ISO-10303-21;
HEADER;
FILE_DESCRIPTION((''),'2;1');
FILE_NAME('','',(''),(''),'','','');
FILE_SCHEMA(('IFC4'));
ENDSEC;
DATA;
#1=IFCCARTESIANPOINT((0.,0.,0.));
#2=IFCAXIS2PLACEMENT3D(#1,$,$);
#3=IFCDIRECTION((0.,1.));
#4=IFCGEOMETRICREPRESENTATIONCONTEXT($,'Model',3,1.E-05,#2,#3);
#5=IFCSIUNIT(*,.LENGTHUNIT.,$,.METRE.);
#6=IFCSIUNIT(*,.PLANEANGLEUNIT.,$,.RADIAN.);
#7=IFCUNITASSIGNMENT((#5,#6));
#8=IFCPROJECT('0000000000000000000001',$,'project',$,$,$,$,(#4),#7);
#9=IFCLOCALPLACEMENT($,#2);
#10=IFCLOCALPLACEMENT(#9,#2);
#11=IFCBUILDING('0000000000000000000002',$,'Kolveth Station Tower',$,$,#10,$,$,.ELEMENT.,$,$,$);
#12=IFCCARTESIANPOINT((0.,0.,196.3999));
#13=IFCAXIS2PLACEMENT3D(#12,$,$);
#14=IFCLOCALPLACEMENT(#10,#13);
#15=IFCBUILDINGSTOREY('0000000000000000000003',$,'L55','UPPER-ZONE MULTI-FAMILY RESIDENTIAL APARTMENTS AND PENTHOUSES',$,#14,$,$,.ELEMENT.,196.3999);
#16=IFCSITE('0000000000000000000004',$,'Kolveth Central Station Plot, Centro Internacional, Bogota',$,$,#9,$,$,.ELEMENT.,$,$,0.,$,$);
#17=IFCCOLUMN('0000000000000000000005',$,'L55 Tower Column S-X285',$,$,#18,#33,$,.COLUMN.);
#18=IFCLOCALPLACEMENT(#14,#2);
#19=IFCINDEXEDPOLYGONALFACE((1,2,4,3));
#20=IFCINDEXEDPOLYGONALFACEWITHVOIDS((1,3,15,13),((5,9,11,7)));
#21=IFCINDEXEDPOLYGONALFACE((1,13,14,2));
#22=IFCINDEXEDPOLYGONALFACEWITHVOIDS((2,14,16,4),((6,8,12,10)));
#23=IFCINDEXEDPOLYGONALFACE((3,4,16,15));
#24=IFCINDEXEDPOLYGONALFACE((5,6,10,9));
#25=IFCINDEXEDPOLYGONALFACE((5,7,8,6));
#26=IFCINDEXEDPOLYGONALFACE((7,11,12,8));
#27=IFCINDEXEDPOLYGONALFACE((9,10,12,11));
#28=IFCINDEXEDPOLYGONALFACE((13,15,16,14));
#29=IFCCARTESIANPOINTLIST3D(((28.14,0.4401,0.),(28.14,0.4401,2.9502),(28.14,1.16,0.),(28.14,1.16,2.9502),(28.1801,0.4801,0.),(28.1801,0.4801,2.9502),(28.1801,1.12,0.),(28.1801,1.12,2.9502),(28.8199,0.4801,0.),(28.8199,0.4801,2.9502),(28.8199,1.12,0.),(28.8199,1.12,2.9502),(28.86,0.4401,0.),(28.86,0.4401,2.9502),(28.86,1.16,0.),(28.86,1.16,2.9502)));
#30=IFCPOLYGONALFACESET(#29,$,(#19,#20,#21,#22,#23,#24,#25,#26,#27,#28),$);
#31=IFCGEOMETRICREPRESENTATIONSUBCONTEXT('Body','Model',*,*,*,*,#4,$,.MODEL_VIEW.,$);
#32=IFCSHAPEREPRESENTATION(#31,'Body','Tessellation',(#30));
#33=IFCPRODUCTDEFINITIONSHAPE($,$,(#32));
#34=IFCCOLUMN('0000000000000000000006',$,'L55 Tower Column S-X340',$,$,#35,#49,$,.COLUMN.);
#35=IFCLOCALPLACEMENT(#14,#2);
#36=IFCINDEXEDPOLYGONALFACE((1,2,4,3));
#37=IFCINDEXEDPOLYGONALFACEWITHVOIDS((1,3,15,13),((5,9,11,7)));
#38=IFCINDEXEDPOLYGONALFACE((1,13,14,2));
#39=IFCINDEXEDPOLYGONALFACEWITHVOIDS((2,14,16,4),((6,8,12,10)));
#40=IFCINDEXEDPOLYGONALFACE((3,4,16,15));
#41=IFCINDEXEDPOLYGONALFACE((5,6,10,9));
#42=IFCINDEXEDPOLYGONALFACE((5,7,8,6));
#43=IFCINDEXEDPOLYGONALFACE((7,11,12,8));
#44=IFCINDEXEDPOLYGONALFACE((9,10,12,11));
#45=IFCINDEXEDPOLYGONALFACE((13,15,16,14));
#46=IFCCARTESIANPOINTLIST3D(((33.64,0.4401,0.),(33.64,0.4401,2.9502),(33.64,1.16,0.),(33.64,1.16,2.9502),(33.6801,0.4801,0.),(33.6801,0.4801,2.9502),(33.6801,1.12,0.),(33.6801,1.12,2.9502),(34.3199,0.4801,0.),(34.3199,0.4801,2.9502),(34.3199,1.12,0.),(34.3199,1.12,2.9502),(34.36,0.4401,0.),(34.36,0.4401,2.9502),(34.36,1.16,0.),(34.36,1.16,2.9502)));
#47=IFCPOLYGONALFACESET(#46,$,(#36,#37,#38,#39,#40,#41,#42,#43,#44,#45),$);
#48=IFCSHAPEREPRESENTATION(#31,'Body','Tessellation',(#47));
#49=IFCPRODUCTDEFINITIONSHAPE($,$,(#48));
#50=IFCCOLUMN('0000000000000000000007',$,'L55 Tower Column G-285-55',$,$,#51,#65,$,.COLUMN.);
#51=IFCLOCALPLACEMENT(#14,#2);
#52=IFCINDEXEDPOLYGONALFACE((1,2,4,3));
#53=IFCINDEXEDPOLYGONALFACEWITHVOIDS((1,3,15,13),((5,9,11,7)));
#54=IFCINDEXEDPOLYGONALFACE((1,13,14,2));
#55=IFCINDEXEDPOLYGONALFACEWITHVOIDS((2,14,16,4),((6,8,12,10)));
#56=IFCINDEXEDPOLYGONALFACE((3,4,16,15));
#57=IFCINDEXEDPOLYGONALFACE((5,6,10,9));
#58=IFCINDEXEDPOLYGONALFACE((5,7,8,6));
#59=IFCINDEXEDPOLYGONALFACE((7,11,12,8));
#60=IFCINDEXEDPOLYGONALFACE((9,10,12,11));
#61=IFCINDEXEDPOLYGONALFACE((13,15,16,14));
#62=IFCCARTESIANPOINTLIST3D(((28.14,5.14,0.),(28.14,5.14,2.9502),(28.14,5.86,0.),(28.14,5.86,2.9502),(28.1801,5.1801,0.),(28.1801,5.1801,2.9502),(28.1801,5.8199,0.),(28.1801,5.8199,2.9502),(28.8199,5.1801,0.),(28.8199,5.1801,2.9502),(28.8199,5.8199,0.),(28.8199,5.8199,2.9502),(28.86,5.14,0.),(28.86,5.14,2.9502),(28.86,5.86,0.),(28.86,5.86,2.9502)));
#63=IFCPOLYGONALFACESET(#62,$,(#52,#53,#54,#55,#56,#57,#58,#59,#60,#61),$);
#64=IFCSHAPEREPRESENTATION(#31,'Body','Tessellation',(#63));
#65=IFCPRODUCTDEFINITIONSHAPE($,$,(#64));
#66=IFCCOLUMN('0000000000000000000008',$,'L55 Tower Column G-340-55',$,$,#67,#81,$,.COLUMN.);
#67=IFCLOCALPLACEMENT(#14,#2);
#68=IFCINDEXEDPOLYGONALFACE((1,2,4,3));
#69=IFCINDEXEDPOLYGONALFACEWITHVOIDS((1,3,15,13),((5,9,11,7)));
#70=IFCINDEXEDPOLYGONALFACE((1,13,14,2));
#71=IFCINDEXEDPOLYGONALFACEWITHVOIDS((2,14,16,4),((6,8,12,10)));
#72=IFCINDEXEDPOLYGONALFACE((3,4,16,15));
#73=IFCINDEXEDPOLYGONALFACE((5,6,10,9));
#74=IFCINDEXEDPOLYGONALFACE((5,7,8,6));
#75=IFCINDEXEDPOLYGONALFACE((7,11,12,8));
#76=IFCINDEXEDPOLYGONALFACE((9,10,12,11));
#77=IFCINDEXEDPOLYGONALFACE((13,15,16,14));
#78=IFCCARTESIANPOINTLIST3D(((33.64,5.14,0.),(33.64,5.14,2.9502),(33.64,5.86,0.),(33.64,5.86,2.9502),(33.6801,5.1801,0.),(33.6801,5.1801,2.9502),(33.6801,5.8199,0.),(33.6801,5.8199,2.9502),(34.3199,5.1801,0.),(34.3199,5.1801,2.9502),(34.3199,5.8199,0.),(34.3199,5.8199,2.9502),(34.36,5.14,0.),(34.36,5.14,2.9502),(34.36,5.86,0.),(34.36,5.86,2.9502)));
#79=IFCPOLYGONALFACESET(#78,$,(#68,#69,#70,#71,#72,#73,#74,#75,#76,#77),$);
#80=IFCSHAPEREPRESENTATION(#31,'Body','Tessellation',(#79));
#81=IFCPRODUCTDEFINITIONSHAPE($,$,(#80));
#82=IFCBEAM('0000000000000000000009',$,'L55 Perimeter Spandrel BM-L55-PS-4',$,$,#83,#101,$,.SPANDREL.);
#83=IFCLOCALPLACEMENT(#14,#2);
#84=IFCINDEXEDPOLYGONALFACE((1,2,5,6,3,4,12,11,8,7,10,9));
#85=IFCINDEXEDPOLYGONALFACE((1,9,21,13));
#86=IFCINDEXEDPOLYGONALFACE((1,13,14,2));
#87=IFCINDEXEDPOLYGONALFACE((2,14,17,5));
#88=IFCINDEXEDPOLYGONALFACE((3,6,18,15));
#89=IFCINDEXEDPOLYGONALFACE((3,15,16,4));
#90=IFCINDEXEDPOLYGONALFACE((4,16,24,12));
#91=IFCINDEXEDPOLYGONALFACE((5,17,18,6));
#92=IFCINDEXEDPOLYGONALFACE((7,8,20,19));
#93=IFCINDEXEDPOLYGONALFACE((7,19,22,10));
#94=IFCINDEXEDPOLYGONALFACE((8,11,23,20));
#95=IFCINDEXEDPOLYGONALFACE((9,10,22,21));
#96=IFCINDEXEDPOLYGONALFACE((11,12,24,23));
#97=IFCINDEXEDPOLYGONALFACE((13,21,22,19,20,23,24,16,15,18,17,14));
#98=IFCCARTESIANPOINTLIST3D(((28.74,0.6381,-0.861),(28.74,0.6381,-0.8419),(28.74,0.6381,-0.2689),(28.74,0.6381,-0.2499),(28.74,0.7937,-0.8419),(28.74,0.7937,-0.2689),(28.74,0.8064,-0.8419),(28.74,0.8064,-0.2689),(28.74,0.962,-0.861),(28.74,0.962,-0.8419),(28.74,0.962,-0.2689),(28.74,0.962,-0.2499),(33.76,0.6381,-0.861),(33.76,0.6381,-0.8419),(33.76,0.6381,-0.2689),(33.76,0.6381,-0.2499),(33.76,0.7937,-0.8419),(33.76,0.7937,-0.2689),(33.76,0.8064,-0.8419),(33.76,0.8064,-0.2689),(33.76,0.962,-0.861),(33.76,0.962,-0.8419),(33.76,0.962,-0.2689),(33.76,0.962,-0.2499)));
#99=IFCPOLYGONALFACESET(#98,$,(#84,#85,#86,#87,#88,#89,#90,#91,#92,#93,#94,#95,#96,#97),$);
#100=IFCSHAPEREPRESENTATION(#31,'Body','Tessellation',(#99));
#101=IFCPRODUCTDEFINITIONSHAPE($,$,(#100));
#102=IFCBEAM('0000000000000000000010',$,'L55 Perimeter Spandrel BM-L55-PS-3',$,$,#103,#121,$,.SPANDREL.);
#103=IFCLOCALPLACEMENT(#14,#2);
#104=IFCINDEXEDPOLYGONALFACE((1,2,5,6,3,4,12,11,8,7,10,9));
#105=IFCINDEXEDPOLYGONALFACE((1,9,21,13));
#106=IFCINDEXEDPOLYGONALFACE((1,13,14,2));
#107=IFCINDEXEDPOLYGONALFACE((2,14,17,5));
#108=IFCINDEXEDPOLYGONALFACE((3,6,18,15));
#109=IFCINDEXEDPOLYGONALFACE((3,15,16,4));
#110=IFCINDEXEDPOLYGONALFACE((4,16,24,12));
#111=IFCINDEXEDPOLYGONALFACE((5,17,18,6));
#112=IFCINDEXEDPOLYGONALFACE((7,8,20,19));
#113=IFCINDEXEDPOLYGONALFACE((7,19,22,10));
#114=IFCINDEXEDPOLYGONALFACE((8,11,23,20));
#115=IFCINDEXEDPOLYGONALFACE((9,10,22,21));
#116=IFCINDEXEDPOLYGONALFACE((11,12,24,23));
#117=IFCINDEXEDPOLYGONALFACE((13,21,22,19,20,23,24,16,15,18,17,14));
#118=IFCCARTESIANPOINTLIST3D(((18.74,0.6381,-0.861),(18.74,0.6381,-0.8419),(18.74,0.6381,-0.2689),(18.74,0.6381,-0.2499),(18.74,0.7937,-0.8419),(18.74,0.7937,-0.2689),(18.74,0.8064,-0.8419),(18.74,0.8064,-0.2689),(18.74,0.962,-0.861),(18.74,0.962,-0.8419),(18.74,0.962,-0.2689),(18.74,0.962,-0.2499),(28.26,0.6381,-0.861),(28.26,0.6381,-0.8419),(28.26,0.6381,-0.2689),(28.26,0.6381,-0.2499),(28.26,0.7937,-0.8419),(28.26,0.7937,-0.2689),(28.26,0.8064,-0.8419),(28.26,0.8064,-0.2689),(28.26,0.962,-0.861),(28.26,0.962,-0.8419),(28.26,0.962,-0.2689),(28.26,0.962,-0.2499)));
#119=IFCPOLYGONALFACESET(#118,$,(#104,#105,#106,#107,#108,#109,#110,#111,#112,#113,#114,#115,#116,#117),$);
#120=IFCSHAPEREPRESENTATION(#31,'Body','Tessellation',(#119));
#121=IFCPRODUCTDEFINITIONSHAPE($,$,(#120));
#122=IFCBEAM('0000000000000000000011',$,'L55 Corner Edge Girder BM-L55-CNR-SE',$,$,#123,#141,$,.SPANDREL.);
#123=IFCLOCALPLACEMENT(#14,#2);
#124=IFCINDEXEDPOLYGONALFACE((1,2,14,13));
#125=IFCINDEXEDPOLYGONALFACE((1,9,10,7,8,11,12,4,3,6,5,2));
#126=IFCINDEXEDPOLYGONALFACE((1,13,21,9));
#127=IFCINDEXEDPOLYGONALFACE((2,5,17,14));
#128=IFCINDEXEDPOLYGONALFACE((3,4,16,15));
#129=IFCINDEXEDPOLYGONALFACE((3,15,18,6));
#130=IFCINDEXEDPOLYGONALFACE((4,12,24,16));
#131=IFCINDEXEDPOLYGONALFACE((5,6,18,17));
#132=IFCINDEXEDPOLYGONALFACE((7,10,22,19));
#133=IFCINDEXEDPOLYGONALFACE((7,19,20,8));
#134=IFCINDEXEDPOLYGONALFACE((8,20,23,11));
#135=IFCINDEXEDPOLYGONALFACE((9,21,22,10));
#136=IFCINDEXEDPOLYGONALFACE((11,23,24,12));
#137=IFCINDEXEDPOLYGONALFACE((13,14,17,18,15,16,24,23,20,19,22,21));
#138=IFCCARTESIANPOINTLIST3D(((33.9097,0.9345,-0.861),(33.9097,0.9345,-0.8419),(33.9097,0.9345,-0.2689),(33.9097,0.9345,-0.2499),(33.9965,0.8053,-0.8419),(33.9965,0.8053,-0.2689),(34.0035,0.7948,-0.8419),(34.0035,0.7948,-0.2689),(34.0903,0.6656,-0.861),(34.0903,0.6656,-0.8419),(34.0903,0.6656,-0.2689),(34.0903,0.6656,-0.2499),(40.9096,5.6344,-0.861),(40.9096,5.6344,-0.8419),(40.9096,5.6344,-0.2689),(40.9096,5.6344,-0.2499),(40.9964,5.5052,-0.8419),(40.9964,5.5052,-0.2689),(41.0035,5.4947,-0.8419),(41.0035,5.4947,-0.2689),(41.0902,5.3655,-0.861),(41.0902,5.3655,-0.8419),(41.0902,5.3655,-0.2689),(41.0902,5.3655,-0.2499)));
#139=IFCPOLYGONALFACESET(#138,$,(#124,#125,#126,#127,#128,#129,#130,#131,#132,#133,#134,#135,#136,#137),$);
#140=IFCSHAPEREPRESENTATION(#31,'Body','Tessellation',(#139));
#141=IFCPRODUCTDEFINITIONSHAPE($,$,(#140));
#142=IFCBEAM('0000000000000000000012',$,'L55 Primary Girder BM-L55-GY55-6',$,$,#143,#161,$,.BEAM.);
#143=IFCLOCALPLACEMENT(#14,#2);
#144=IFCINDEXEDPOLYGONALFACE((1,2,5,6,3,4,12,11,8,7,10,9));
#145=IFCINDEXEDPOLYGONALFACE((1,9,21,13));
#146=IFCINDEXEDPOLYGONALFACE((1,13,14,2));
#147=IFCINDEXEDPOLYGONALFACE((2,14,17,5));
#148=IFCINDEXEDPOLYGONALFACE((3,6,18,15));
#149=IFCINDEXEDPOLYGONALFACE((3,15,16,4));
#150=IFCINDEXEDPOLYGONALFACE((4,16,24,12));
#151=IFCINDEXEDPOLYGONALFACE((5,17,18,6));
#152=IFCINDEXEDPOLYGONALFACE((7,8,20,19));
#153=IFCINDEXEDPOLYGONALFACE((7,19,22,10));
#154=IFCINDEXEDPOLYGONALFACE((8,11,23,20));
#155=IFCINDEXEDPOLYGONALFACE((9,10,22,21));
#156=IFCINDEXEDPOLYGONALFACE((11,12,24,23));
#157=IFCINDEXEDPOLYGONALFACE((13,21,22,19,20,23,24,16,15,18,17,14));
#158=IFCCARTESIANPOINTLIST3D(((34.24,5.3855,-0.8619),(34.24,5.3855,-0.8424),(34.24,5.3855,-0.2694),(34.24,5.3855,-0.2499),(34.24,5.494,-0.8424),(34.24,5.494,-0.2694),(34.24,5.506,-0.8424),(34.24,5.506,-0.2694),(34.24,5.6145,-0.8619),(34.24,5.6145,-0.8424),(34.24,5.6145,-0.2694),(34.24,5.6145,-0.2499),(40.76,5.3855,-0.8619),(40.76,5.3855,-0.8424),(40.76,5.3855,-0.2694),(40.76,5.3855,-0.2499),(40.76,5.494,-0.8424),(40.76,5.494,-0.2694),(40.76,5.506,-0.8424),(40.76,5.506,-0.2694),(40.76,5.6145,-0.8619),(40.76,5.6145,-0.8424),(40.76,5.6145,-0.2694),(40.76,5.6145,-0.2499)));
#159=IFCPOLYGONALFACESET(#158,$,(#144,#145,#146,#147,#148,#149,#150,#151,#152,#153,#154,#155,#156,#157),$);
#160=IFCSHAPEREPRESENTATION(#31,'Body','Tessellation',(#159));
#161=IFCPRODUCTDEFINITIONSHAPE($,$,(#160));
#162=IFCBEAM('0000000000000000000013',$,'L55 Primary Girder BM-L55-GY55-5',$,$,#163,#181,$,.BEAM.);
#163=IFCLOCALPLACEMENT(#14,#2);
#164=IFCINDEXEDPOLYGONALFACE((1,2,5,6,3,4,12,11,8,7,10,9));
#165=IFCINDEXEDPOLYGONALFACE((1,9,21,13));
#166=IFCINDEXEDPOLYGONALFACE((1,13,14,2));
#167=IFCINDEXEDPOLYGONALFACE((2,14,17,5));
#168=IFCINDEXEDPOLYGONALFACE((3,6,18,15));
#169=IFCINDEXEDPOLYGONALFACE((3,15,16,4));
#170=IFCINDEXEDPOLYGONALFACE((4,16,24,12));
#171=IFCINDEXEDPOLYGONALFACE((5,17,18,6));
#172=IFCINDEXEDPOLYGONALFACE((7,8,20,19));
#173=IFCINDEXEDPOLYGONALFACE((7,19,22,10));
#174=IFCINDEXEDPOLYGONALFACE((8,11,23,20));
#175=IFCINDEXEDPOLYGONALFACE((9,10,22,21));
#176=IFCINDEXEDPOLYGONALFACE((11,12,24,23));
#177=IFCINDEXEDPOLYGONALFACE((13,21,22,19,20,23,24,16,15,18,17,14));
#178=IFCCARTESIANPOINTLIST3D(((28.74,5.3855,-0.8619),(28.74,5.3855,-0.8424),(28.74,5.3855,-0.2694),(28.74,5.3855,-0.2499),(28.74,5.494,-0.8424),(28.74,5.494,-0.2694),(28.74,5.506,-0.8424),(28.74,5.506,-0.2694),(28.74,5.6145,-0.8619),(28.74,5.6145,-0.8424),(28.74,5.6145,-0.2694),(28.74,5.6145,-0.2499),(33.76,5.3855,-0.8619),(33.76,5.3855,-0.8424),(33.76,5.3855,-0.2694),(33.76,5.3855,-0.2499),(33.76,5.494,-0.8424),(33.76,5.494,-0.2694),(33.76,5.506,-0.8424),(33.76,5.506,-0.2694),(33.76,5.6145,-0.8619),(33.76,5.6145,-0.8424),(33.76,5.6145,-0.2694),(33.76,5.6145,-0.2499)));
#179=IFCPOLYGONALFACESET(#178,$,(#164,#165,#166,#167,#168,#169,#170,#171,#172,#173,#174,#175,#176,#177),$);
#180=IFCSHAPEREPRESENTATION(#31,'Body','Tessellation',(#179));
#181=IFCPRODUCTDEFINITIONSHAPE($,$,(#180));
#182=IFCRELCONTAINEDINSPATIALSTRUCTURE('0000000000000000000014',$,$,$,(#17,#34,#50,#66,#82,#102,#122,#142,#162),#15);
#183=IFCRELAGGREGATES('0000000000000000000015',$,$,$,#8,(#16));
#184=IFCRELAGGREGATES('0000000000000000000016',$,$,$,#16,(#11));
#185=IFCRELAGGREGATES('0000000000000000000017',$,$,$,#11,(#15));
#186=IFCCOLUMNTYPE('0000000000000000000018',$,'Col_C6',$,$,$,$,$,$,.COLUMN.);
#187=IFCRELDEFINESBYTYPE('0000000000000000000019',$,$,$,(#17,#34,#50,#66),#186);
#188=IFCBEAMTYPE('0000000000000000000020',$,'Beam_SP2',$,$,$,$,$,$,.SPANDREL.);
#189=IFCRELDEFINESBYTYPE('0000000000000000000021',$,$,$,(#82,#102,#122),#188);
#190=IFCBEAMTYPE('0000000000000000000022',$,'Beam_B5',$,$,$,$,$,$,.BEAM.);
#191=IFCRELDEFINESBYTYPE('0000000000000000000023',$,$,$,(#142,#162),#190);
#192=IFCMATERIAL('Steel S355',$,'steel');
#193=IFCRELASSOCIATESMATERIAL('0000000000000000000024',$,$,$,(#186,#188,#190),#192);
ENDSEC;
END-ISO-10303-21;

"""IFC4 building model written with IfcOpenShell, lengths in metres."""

from ifc_helpers import new_model, si_unit, direction, frame, origin, origin_2d, place, context, subcontext, project, spatial, hollow_rectangle, i_section, extrude, source, transform, mapped, material, material_profile, profile_set, type_object, element, save


model = new_model("IFC4")

# Units and contexts
model_context = context("Model", 3, precision=1e-05, world=origin(), true_north=direction((0.0, 1.0)))
body_context = subcontext(model_context, "Body", "Model", "MODEL_VIEW")
ifc_project = project(units=[si_unit("LENGTHUNIT", "METRE"), si_unit("PLANEANGLEUNIT", "RADIAN")], contexts=[model_context])

# Site, building, storey
site_placement = place(None, origin())
site = spatial("IfcSite", under=ifc_project, at=site_placement, Name="Kolveth Central Station Plot, Centro Internacional, Bogota", CompositionType="ELEMENT", RefElevation=0.0)
building_placement = place(site_placement, origin())
building = spatial("IfcBuilding", under=site, at=building_placement, Name="Kolveth Station Tower", CompositionType="ELEMENT")
storey_placement = place(building_placement, frame((0.0, 0.0, 196.3999)))
storey = spatial("IfcBuildingStorey", under=building, at=storey_placement, Name="L55", Description="UPPER-ZONE MULTI-FAMILY RESIDENTIAL APARTMENTS AND PENTHOUSES", CompositionType="ELEMENT", Elevation=196.3999)

# Columns
ifc_material_1 = material(Name="Steel S355", Category="steel")
ifc_material_profile_1 = material_profile(ifc_material_1, hollow_rectangle(XDim=0.72, YDim=0.72, WallThickness=0.04, at=origin_2d()), Name="BOX720x720x40")
ifc_profile_set_1 = profile_set([ifc_material_profile_1], Name="Steel S355")
column_type = type_object("IfcColumnType", Name="Col_C6", PredefinedType="COLUMN", material=ifc_profile_set_1)
shared_shape_1 = source(origin(), body_context, "Body", "SweptSolid", [
    extrude(hollow_rectangle(XDim=0.72, YDim=0.72, WallThickness=0.04, at=origin_2d()), origin(), (0.0, 0.0, 1.0), 2.9502),
])
for number, where, z_axis, x_axis, name in (
    (1, (28.5, 0.8, 0.0), (0.0, 0.0, 1.0), (1.0, 0.0, 0.0), "L55 Tower Column S-X285"),
    (2, (34.0, 0.8, 0.0), (0.0, 0.0, 1.0), (1.0, 0.0, 0.0), "L55 Tower Column S-X340"),
    (3, (28.5, 5.5, 0.0), (0.0, 0.0, 1.0), (1.0, 0.0, 0.0), "L55 Tower Column G-285-55"),
    (4, (34.0, 5.5, 0.0), (0.0, 0.0, 1.0), (1.0, 0.0, 0.0), "L55 Tower Column G-340-55"),
):
    element("IfcColumn", number, at=place(storey_placement, frame(where, z_axis=z_axis, x_axis=x_axis)), inside=storey, type_object=column_type, Name=name, PredefinedType="COLUMN", context=body_context, shape_type="MappedRepresentation", body=[
        mapped(shared_shape_1, transform((0.0, 0.0, 0.0), x_axis=(1.0, 0.0, 0.0), y_axis=(0.0, 1.0, 0.0), z_axis=(0.0, 0.0, 1.0), scale=1.0)),
    ])

# Beams
ifc_material_profile_2 = material_profile(ifc_material_1, i_section(OverallWidth=0.324, OverallDepth=0.6111, WebThickness=0.0127, FlangeThickness=0.019, at=origin_2d()), Name="W610x155")
ifc_profile_set_2 = profile_set([ifc_material_profile_2], Name="Steel S355")
beam_type_1 = type_object("IfcBeamType", Name="Beam_SP2", PredefinedType="SPANDREL", material=ifc_profile_set_2)
shared_shape_2 = source(origin(), body_context, "Body", "SweptSolid", [
    extrude(i_section(OverallWidth=0.324, OverallDepth=0.6111, WebThickness=0.0127, FlangeThickness=0.019, at=origin_2d()), origin(), (0.0, 0.0, 1.0), 5.02),
])
beam_1_placement = place(storey_placement, frame((28.74, 0.8, -0.5554), z_axis=(1.0, 0.0, 0.0), x_axis=(0.0, 1.0, 0.0)))
element("IfcBeam", 5, at=beam_1_placement, inside=storey, type_object=beam_type_1, Name="L55 Perimeter Spandrel BM-L55-PS-4", PredefinedType="SPANDREL", context=body_context, shape_type="MappedRepresentation", body=[
    mapped(shared_shape_2, transform((0.0, 0.0, 0.0), x_axis=(1.0, 0.0, 0.0), y_axis=(0.0, 1.0, 0.0), z_axis=(0.0, 0.0, 1.0), scale=1.0)),
])
shared_shape_3 = source(origin(), body_context, "Body", "SweptSolid", [
    extrude(i_section(OverallWidth=0.324, OverallDepth=0.6111, WebThickness=0.0127, FlangeThickness=0.019, at=origin_2d()), origin(), (0.0, 0.0, 1.0), 9.52),
])
beam_2_placement = place(storey_placement, frame((18.74, 0.8, -0.5554), z_axis=(1.0, 0.0, 0.0), x_axis=(0.0, 1.0, 0.0)))
element("IfcBeam", 6, at=beam_2_placement, inside=storey, type_object=beam_type_1, Name="L55 Perimeter Spandrel BM-L55-PS-3", PredefinedType="SPANDREL", context=body_context, shape_type="MappedRepresentation", body=[
    mapped(shared_shape_3, transform((0.0, 0.0, 0.0), x_axis=(1.0, 0.0, 0.0), y_axis=(0.0, 1.0, 0.0), z_axis=(0.0, 0.0, 1.0), scale=1.0)),
])
shared_shape_4 = source(origin(), body_context, "Body", "SweptSolid", [
    extrude(i_section(OverallWidth=0.324, OverallDepth=0.6111, WebThickness=0.0127, FlangeThickness=0.019, at=origin_2d()), origin(), (0.0, 0.0, 1.0), 8.4314),
])
beam_3_placement = place(storey_placement, frame((34.0, 0.8, -0.5554), z_axis=(0.830224, 0.55743, 0.0), x_axis=(-0.55743, 0.830224, 0.0)))
element("IfcBeam", 7, at=beam_3_placement, inside=storey, type_object=beam_type_1, Name="L55 Corner Edge Girder BM-L55-CNR-SE", PredefinedType="SPANDREL", context=body_context, shape_type="MappedRepresentation", body=[
    mapped(shared_shape_4, transform((0.0, 0.0, 0.0), x_axis=(1.0, 0.0, 0.0), y_axis=(0.0, 1.0, 0.0), z_axis=(0.0, 0.0, 1.0), scale=1.0)),
])
ifc_material_profile_3 = material_profile(ifc_material_1, i_section(OverallWidth=0.229, OverallDepth=0.6121, WebThickness=0.012, FlangeThickness=0.0195, at=origin_2d()), Name="W610x125")
ifc_profile_set_3 = profile_set([ifc_material_profile_3], Name="Steel S355")
beam_type_2 = type_object("IfcBeamType", Name="Beam_B5", PredefinedType="BEAM", material=ifc_profile_set_3)
shared_shape_5 = source(origin(), body_context, "Body", "SweptSolid", [
    extrude(i_section(OverallWidth=0.229, OverallDepth=0.6121, WebThickness=0.012, FlangeThickness=0.0195, at=origin_2d()), origin(), (0.0, 0.0, 1.0), 6.52),
])
beam_4_placement = place(storey_placement, frame((34.24, 5.5, -0.5559), z_axis=(1.0, 0.0, 0.0), x_axis=(0.0, 1.0, 0.0)))
element("IfcBeam", 8, at=beam_4_placement, inside=storey, type_object=beam_type_2, Name="L55 Primary Girder BM-L55-GY55-6", PredefinedType="BEAM", context=body_context, shape_type="MappedRepresentation", body=[
    mapped(shared_shape_5, transform((0.0, 0.0, 0.0), x_axis=(1.0, 0.0, 0.0), y_axis=(0.0, 1.0, 0.0), z_axis=(0.0, 0.0, 1.0), scale=1.0)),
])
shared_shape_6 = source(origin(), body_context, "Body", "SweptSolid", [
    extrude(i_section(OverallWidth=0.229, OverallDepth=0.6121, WebThickness=0.012, FlangeThickness=0.0195, at=origin_2d()), origin(), (0.0, 0.0, 1.0), 5.02),
])
beam_5_placement = place(storey_placement, frame((28.74, 5.5, -0.5559), z_axis=(1.0, 0.0, 0.0), x_axis=(0.0, 1.0, 0.0)))
element("IfcBeam", 9, at=beam_5_placement, inside=storey, type_object=beam_type_2, Name="L55 Primary Girder BM-L55-GY55-5", PredefinedType="BEAM", context=body_context, shape_type="MappedRepresentation", body=[
    mapped(shared_shape_6, transform((0.0, 0.0, 0.0), x_axis=(1.0, 0.0, 0.0), y_axis=(0.0, 1.0, 0.0), z_axis=(0.0, 0.0, 1.0), scale=1.0)),
])

save(model, "model.ifc")
